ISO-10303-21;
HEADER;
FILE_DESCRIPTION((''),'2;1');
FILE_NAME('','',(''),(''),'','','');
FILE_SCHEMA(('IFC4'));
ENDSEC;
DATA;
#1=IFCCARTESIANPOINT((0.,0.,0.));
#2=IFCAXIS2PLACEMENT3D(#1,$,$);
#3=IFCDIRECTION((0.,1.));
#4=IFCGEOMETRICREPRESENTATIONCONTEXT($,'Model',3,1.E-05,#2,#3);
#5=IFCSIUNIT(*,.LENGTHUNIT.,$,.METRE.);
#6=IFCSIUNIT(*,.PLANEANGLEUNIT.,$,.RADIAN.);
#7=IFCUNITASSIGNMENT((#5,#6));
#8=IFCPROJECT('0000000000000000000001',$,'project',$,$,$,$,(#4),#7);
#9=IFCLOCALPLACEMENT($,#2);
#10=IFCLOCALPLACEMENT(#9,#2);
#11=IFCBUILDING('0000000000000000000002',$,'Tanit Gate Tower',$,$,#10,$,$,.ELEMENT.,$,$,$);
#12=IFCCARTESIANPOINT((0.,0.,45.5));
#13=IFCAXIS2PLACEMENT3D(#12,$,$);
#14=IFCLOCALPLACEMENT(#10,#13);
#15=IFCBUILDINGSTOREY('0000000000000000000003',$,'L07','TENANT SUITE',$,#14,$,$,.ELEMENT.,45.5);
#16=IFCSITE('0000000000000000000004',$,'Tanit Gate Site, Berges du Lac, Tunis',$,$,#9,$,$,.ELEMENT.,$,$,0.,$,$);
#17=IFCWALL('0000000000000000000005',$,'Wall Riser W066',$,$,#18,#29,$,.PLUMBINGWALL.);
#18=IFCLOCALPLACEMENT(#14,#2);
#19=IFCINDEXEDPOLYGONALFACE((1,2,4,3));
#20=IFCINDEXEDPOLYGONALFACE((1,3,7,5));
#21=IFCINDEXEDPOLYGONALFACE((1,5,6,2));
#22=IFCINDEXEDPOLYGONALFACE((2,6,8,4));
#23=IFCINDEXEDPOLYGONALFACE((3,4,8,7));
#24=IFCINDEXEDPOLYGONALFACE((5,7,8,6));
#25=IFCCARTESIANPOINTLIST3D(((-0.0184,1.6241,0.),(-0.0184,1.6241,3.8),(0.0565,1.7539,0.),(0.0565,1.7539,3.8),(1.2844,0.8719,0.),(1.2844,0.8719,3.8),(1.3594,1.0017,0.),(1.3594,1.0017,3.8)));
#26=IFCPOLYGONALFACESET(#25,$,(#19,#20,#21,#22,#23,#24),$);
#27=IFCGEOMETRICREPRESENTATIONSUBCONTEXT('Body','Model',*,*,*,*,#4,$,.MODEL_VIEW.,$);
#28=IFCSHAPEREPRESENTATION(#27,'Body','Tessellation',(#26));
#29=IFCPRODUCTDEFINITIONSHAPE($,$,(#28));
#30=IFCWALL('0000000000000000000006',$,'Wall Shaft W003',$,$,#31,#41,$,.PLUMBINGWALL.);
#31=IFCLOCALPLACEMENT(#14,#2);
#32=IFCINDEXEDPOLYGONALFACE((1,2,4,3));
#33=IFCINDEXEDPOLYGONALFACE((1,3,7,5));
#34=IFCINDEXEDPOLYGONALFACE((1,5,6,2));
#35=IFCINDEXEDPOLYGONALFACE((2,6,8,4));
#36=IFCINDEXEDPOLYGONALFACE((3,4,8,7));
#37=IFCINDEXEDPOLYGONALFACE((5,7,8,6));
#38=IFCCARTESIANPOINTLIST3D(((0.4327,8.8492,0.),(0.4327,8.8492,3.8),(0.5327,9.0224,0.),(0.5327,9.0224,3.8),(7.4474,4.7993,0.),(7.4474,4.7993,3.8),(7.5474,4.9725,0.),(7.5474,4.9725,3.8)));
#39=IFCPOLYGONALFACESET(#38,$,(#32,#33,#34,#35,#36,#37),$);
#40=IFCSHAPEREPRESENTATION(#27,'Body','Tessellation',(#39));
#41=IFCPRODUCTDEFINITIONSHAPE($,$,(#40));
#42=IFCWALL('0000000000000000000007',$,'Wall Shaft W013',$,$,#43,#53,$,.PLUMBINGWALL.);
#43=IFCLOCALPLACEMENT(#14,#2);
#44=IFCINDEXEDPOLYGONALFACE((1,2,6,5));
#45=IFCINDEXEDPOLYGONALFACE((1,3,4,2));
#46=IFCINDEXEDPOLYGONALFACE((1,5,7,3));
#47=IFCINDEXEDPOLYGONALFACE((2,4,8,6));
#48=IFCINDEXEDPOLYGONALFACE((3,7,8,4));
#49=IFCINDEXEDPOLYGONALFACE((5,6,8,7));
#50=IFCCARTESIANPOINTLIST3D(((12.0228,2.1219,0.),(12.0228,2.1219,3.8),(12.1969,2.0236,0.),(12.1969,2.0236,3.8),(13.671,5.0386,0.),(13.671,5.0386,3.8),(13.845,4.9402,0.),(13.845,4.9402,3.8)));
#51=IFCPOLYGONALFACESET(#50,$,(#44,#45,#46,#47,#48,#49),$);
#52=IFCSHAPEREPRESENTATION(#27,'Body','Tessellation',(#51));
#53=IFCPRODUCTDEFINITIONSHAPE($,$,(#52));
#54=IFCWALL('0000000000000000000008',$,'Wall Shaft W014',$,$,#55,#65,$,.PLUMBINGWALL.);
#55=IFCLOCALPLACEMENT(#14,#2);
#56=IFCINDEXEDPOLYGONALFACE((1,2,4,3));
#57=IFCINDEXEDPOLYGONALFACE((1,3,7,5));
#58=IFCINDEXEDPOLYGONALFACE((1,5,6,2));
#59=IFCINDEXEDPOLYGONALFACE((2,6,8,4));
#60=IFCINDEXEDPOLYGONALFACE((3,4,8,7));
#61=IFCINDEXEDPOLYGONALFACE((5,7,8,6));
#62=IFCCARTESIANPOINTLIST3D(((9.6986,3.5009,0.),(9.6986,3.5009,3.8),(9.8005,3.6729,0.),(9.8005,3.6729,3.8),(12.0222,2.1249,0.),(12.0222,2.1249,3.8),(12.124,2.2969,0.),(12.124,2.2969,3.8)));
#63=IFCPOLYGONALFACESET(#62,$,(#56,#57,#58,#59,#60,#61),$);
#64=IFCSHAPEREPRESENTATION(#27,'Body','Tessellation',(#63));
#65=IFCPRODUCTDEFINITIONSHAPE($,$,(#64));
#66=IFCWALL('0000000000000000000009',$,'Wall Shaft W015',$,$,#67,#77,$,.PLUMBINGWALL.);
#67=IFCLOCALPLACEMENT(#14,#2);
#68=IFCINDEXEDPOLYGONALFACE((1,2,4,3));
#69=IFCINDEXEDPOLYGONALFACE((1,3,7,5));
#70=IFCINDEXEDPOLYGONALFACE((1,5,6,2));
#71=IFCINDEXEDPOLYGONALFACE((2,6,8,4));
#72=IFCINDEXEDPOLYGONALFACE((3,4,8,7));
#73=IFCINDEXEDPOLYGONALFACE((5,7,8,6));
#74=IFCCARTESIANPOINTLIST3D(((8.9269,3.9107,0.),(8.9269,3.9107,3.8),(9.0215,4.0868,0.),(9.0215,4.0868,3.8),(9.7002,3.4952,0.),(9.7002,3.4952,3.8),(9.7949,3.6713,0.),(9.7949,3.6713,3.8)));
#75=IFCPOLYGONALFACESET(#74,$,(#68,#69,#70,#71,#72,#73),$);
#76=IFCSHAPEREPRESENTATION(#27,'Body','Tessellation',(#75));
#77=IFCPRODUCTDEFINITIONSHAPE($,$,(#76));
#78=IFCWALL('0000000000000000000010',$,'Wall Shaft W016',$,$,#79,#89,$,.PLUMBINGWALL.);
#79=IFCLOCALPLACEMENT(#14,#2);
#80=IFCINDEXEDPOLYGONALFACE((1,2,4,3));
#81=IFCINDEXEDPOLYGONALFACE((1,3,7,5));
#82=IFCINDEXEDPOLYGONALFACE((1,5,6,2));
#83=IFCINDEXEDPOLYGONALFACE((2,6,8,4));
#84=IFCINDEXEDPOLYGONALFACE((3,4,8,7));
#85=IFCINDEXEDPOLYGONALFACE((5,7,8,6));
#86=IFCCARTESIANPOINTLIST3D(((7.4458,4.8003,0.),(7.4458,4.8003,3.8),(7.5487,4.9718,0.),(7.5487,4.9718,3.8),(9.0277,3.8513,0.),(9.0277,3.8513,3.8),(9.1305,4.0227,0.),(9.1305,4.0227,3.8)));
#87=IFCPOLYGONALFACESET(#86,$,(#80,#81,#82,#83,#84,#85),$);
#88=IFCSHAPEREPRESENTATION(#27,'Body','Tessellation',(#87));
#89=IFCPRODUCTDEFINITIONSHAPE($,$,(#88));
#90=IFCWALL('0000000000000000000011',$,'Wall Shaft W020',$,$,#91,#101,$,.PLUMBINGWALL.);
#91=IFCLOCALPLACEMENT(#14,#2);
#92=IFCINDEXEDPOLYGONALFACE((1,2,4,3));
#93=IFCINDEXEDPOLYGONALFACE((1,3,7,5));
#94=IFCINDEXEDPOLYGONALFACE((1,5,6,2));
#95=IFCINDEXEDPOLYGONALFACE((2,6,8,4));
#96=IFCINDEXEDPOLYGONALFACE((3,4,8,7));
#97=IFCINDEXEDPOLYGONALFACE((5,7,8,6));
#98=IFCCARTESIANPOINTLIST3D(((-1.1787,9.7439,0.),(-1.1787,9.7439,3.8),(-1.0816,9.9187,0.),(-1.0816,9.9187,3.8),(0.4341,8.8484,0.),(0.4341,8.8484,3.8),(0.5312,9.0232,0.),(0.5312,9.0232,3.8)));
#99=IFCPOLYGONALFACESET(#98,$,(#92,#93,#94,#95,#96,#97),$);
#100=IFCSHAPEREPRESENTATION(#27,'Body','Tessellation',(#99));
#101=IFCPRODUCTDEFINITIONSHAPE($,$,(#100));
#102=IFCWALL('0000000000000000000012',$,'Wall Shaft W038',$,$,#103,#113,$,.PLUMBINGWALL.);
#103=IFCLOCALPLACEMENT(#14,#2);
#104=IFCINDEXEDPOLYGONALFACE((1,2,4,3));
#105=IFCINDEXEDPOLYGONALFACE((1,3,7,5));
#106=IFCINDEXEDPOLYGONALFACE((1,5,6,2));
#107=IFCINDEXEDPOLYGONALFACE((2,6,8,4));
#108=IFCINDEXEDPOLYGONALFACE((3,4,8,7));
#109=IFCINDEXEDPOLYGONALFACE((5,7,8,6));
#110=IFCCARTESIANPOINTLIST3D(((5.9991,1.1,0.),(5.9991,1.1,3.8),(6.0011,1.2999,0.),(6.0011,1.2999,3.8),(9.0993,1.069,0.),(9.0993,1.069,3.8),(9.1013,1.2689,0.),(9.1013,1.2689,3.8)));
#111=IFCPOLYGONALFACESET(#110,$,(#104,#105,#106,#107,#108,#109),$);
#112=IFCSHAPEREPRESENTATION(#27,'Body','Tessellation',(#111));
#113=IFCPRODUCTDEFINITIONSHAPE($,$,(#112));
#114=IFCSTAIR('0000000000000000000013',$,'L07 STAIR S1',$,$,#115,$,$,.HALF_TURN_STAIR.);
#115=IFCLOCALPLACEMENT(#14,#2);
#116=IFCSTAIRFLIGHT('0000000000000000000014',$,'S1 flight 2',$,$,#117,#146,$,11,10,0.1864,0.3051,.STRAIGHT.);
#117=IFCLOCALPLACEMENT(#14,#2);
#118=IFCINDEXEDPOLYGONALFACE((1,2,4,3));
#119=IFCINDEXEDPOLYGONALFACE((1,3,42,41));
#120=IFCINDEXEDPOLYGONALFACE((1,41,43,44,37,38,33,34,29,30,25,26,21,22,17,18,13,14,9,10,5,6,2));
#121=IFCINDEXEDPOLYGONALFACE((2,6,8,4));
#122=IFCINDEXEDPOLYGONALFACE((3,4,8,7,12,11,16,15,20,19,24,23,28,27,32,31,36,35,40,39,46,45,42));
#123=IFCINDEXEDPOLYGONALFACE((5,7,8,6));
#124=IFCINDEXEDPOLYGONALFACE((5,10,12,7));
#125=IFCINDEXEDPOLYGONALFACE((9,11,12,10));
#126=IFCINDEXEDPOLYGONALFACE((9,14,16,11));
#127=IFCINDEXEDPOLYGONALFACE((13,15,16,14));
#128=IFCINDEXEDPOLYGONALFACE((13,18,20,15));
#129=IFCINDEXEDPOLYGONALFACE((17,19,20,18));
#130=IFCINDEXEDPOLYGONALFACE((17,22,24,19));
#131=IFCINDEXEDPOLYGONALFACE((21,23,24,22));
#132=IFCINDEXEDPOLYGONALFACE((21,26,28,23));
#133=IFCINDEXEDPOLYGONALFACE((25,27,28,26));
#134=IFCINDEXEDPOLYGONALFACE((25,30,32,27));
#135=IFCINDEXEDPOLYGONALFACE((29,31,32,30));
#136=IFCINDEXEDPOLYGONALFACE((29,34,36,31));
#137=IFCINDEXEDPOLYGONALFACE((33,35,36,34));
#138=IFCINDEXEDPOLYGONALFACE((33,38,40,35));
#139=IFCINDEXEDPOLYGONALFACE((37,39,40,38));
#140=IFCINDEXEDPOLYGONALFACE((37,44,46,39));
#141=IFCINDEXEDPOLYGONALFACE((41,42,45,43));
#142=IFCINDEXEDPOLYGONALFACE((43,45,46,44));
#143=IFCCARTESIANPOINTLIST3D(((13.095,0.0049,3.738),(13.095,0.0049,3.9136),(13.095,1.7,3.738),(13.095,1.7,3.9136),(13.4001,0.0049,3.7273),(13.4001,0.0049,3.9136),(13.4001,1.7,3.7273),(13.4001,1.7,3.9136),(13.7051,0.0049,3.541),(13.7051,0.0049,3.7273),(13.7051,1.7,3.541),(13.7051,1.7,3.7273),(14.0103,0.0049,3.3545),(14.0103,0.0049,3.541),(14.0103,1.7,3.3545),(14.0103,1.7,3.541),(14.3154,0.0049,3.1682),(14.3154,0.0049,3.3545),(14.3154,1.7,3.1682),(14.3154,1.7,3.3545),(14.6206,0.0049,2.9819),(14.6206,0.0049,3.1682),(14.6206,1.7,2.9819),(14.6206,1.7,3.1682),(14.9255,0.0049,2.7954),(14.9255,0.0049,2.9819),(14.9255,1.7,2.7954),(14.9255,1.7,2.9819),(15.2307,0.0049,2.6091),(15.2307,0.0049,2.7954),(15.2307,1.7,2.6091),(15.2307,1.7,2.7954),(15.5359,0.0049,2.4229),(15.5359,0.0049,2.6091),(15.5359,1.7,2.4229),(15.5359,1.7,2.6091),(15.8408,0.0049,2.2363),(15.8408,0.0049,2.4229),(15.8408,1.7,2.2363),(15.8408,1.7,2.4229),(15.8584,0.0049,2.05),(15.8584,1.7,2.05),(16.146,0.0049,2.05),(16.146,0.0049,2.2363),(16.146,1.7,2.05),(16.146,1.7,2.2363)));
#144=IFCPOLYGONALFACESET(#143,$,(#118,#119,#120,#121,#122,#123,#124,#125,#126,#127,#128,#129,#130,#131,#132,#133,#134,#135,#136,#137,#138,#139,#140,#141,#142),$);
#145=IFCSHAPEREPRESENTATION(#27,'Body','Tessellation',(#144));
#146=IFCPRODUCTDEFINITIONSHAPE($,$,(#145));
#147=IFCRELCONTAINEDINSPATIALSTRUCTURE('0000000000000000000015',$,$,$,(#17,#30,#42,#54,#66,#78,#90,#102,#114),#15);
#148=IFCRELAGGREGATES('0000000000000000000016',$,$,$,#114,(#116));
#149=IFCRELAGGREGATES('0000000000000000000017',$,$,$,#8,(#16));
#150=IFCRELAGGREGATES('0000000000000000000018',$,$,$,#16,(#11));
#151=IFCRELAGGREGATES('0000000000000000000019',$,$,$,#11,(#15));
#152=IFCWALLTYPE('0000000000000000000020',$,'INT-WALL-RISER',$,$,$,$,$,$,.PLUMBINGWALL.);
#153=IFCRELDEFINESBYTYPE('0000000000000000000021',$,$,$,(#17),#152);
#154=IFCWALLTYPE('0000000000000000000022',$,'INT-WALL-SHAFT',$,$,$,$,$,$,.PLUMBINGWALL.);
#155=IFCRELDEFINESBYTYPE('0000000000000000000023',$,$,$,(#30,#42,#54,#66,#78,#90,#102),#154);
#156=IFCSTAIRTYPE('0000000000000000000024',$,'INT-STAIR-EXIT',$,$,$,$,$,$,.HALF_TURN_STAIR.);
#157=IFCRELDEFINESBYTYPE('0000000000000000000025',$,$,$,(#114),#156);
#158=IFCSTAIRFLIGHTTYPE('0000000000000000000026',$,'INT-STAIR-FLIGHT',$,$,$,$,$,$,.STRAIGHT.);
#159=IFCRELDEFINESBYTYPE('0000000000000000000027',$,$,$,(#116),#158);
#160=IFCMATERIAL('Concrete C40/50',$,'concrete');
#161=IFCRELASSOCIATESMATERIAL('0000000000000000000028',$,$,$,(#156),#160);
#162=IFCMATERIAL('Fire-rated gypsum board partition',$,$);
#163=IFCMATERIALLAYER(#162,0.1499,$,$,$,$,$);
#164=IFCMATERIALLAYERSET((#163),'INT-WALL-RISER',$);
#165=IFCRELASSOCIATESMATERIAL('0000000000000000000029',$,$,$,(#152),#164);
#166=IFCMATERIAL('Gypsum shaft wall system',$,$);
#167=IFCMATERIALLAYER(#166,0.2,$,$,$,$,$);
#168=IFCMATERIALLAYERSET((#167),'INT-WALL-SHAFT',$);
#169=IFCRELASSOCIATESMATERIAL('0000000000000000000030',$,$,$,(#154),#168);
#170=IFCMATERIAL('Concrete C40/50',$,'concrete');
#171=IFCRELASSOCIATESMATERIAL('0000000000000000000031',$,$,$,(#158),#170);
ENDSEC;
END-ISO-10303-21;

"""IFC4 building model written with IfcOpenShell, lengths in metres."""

from ifc_helpers import new_model, si_unit, direction, frame, frame_2d, origin, place, context, subcontext, project, spatial, polyline, rectangle, outline, extrude, material, layer, layer_set, type_object, element, aggregate, save


model = new_model("IFC4")

# Units and contexts
model_context = context("Model", 3, precision=1e-05, world=origin(), true_north=direction((0.0, 1.0)))
body_context = subcontext(model_context, "Body", "Model", "MODEL_VIEW")
ifc_project = project(units=[si_unit("LENGTHUNIT", "METRE"), si_unit("PLANEANGLEUNIT", "RADIAN")], contexts=[model_context])

# Site, building, storey
site_placement = place(None, origin())
site = spatial("IfcSite", under=ifc_project, at=site_placement, Name="Tanit Gate Site, Berges du Lac, Tunis", CompositionType="ELEMENT", RefElevation=0.0)
building_placement = place(site_placement, origin())
building = spatial("IfcBuilding", under=site, at=building_placement, Name="Tanit Gate Tower", CompositionType="ELEMENT")
storey_placement = place(building_placement, frame((0.0, 0.0, 45.5)))
storey = spatial("IfcBuildingStorey", under=building, at=storey_placement, Name="L07", Description="TENANT SUITE", CompositionType="ELEMENT", Elevation=45.5)

# Shared definitions
ifc_material_1 = material(Name="Concrete C40/50", Category="concrete")
stair_type = type_object("IfcStairType", Name="INT-STAIR-EXIT", PredefinedType="HALF_TURN_STAIR", material=ifc_material_1)

# Shared definitions
ifc_material_2 = material(Name="Fire-rated gypsum board partition")
ifc_layer_1 = layer(ifc_material_2, 0.1499)
ifc_layer_set_1 = layer_set([ifc_layer_1], Name="INT-WALL-RISER")
wall_type_1 = type_object("IfcWallType", Name="INT-WALL-RISER", PredefinedType="PLUMBINGWALL", material=ifc_layer_set_1)

# Walls
wall_1_placement = place(storey_placement, frame((0.019, 1.689, 0.0), z_axis=(0.0, 0.0, 1.0), x_axis=(0.866048, -0.499961, 0.0)))
element("IfcWall", 1, at=wall_1_placement, inside=storey, type_object=wall_type_1, Name="Wall Riser W066", PredefinedType="PLUMBINGWALL", context=body_context, shape_type="SweptSolid", body=[
    extrude(rectangle(XDim=1.5044, YDim=0.1499, at=frame_2d((0.7522, 0.0))), origin(), (0.0, 0.0, 1.0), 3.8),
])
ifc_material_3 = material(Name="Gypsum shaft wall system")
ifc_layer_2 = layer(ifc_material_3, 0.2)
ifc_layer_set_2 = layer_set([ifc_layer_2], Name="INT-WALL-SHAFT")
wall_type_2 = type_object("IfcWallType", Name="INT-WALL-SHAFT", PredefinedType="PLUMBINGWALL", material=ifc_layer_set_2)
wall_2_placement = place(storey_placement, frame((7.4973, 4.886, 0.0), z_axis=(0.0, 0.0, 1.0), x_axis=(-0.866031, 0.49999, 0.0)))
element("IfcWall", 2, at=wall_2_placement, inside=storey, type_object=wall_type_2, Name="Wall Shaft W003", PredefinedType="PLUMBINGWALL", context=body_context, shape_type="SweptSolid", body=[
    extrude(rectangle(XDim=8.0999, YDim=0.2, at=frame_2d((4.0498, 0.0))), origin(), (0.0, 0.0, 1.0), 3.8),
])
wall_3_placement = place(storey_placement, frame((12.1099, 2.0728, 0.0), z_axis=(0.0, 0.0, 1.0), x_axis=(0.491966, 0.870614, 0.0)))
element("IfcWall", 3, at=wall_3_placement, inside=storey, type_object=wall_type_2, Name="Wall Shaft W013", PredefinedType="PLUMBINGWALL", context=body_context, shape_type="SweptSolid", body=[
    extrude(rectangle(XDim=3.3501, YDim=0.2, at=frame_2d((1.675, 0.0))), origin(), (0.0, 0.0, 1.0), 3.8),
])
wall_4_placement = place(storey_placement, frame((12.073, 2.2109, 0.0), z_axis=(0.0, 0.0, 1.0), x_axis=(-0.860438, 0.509555, 0.0)))
element("IfcWall", 4, at=wall_4_placement, inside=storey, type_object=wall_type_2, Name="Wall Shaft W014", PredefinedType="PLUMBINGWALL", context=body_context, shape_type="SweptSolid", body=[
    extrude(rectangle(XDim=2.7004, YDim=0.2, at=frame_2d((1.3501, 0.0))), origin(), (0.0, 0.0, 1.0), 3.8),
])
wall_5_placement = place(storey_placement, frame((9.7476, 3.5833, 0.0), z_axis=(0.0, 0.0, 1.0), x_axis=(-0.880917, 0.473271, 0.0)))
element("IfcWall", 5, at=wall_5_placement, inside=storey, type_object=wall_type_2, Name="Wall Shaft W015", PredefinedType="PLUMBINGWALL", context=body_context, shape_type="SweptSolid", body=[
    extrude(rectangle(XDim=0.8779, YDim=0.2, at=frame_2d((0.439, 0.0))), origin(), (0.0, 0.0, 1.0), 3.8),
])
for number, where, z_axis, x_axis, name in (
    (6, (9.0791, 3.937, 0.0), (0.0, 0.0, 1.0), (-0.857516, 0.514457, 0.0), "Wall Shaft W016"),
    (7, (0.4827, 8.9358, 0.0), (0.0, 0.0, 1.0), (-0.87427, 0.485441, 0.0), "Wall Shaft W020"),
):
    element("IfcWall", number, at=place(storey_placement, frame(where, z_axis=z_axis, x_axis=x_axis)), inside=storey, type_object=wall_type_2, Name=name, PredefinedType="PLUMBINGWALL", context=body_context, shape_type="SweptSolid", body=[
        extrude(rectangle(XDim=1.8447, YDim=0.2, at=frame_2d((0.9224, 0.0))), origin(), (0.0, 0.0, 1.0), 3.8),
    ])

# Wall
wall_6_placement = place(storey_placement, frame((6.0, 1.2, 0.0), z_axis=(0.0, 0.0, 1.0), x_axis=(0.99995, -0.010001, 0.0)))
element("IfcWall", 8, at=wall_6_placement, inside=storey, type_object=wall_type_2, Name="Wall Shaft W038", PredefinedType="PLUMBINGWALL", context=body_context, shape_type="SweptSolid", body=[
    extrude(rectangle(XDim=3.1003, YDim=0.2, at=frame_2d((1.5503, 0.0))), origin(), (0.0, 0.0, 1.0), 3.8),
])

# Stair, stair flight
stair_1_placement = place(storey_placement, origin())
stair_1 = element("IfcStair", 9, at=stair_1_placement, inside=storey, type_object=stair_type, Name="L07 STAIR S1", PredefinedType="HALF_TURN_STAIR")
ifc_material_4 = material(Name="Concrete C40/50", Category="concrete")
stair_flight_type = type_object("IfcStairFlightType", Name="INT-STAIR-FLIGHT", PredefinedType="STRAIGHT", material=ifc_material_4)
stair_flight_placement = place(storey_placement, frame((16.146, 0.8525, 2.05), z_axis=(0.0, 0.0, 1.0), x_axis=(-1.0, 0.0, 0.0)))
stair_flight = element("IfcStairFlight", 10, at=stair_flight_placement, type_object=stair_flight_type, Name="S1 flight 2", NumberOfRisers=11, NumberOfTreads=10, PredefinedType="STRAIGHT", RiserHeight=0.1864, TreadLength=0.3051, context=body_context, shape_type="SweptSolid", body=[
    extrude(outline(polyline([(0.0, 0.0), (0.0, 0.1863), (0.3052, 0.1863), (0.3052, 0.3728), (0.6101, 0.3728), (0.6101, 0.5591), (0.9153, 0.5591), (0.9153, 0.7454), (1.2205, 0.7454), (1.2205, 0.9319), (1.5254, 0.9319), (1.5254, 1.1182), (1.8306, 1.1182), (1.8306, 1.3044), (2.1357, 1.3044), (2.1357, 1.491), (2.4409, 1.491), (2.4409, 1.6772), (2.7458, 1.6772), (2.7458, 1.8635), (3.051, 1.8635), (3.051, 2.05), (3.051, 1.688), (0.2876, 0.0), (0.0, 0.0)])), frame((0.0, 0.8477, 0.0), z_axis=(0.0, -1.0, 0.0), x_axis=(1.0, 0.0, 0.0)), (0.0, 0.0, 1.0), 1.6951),
])
aggregate(stair_1, [stair_flight])

save(model, "model.ifc")
